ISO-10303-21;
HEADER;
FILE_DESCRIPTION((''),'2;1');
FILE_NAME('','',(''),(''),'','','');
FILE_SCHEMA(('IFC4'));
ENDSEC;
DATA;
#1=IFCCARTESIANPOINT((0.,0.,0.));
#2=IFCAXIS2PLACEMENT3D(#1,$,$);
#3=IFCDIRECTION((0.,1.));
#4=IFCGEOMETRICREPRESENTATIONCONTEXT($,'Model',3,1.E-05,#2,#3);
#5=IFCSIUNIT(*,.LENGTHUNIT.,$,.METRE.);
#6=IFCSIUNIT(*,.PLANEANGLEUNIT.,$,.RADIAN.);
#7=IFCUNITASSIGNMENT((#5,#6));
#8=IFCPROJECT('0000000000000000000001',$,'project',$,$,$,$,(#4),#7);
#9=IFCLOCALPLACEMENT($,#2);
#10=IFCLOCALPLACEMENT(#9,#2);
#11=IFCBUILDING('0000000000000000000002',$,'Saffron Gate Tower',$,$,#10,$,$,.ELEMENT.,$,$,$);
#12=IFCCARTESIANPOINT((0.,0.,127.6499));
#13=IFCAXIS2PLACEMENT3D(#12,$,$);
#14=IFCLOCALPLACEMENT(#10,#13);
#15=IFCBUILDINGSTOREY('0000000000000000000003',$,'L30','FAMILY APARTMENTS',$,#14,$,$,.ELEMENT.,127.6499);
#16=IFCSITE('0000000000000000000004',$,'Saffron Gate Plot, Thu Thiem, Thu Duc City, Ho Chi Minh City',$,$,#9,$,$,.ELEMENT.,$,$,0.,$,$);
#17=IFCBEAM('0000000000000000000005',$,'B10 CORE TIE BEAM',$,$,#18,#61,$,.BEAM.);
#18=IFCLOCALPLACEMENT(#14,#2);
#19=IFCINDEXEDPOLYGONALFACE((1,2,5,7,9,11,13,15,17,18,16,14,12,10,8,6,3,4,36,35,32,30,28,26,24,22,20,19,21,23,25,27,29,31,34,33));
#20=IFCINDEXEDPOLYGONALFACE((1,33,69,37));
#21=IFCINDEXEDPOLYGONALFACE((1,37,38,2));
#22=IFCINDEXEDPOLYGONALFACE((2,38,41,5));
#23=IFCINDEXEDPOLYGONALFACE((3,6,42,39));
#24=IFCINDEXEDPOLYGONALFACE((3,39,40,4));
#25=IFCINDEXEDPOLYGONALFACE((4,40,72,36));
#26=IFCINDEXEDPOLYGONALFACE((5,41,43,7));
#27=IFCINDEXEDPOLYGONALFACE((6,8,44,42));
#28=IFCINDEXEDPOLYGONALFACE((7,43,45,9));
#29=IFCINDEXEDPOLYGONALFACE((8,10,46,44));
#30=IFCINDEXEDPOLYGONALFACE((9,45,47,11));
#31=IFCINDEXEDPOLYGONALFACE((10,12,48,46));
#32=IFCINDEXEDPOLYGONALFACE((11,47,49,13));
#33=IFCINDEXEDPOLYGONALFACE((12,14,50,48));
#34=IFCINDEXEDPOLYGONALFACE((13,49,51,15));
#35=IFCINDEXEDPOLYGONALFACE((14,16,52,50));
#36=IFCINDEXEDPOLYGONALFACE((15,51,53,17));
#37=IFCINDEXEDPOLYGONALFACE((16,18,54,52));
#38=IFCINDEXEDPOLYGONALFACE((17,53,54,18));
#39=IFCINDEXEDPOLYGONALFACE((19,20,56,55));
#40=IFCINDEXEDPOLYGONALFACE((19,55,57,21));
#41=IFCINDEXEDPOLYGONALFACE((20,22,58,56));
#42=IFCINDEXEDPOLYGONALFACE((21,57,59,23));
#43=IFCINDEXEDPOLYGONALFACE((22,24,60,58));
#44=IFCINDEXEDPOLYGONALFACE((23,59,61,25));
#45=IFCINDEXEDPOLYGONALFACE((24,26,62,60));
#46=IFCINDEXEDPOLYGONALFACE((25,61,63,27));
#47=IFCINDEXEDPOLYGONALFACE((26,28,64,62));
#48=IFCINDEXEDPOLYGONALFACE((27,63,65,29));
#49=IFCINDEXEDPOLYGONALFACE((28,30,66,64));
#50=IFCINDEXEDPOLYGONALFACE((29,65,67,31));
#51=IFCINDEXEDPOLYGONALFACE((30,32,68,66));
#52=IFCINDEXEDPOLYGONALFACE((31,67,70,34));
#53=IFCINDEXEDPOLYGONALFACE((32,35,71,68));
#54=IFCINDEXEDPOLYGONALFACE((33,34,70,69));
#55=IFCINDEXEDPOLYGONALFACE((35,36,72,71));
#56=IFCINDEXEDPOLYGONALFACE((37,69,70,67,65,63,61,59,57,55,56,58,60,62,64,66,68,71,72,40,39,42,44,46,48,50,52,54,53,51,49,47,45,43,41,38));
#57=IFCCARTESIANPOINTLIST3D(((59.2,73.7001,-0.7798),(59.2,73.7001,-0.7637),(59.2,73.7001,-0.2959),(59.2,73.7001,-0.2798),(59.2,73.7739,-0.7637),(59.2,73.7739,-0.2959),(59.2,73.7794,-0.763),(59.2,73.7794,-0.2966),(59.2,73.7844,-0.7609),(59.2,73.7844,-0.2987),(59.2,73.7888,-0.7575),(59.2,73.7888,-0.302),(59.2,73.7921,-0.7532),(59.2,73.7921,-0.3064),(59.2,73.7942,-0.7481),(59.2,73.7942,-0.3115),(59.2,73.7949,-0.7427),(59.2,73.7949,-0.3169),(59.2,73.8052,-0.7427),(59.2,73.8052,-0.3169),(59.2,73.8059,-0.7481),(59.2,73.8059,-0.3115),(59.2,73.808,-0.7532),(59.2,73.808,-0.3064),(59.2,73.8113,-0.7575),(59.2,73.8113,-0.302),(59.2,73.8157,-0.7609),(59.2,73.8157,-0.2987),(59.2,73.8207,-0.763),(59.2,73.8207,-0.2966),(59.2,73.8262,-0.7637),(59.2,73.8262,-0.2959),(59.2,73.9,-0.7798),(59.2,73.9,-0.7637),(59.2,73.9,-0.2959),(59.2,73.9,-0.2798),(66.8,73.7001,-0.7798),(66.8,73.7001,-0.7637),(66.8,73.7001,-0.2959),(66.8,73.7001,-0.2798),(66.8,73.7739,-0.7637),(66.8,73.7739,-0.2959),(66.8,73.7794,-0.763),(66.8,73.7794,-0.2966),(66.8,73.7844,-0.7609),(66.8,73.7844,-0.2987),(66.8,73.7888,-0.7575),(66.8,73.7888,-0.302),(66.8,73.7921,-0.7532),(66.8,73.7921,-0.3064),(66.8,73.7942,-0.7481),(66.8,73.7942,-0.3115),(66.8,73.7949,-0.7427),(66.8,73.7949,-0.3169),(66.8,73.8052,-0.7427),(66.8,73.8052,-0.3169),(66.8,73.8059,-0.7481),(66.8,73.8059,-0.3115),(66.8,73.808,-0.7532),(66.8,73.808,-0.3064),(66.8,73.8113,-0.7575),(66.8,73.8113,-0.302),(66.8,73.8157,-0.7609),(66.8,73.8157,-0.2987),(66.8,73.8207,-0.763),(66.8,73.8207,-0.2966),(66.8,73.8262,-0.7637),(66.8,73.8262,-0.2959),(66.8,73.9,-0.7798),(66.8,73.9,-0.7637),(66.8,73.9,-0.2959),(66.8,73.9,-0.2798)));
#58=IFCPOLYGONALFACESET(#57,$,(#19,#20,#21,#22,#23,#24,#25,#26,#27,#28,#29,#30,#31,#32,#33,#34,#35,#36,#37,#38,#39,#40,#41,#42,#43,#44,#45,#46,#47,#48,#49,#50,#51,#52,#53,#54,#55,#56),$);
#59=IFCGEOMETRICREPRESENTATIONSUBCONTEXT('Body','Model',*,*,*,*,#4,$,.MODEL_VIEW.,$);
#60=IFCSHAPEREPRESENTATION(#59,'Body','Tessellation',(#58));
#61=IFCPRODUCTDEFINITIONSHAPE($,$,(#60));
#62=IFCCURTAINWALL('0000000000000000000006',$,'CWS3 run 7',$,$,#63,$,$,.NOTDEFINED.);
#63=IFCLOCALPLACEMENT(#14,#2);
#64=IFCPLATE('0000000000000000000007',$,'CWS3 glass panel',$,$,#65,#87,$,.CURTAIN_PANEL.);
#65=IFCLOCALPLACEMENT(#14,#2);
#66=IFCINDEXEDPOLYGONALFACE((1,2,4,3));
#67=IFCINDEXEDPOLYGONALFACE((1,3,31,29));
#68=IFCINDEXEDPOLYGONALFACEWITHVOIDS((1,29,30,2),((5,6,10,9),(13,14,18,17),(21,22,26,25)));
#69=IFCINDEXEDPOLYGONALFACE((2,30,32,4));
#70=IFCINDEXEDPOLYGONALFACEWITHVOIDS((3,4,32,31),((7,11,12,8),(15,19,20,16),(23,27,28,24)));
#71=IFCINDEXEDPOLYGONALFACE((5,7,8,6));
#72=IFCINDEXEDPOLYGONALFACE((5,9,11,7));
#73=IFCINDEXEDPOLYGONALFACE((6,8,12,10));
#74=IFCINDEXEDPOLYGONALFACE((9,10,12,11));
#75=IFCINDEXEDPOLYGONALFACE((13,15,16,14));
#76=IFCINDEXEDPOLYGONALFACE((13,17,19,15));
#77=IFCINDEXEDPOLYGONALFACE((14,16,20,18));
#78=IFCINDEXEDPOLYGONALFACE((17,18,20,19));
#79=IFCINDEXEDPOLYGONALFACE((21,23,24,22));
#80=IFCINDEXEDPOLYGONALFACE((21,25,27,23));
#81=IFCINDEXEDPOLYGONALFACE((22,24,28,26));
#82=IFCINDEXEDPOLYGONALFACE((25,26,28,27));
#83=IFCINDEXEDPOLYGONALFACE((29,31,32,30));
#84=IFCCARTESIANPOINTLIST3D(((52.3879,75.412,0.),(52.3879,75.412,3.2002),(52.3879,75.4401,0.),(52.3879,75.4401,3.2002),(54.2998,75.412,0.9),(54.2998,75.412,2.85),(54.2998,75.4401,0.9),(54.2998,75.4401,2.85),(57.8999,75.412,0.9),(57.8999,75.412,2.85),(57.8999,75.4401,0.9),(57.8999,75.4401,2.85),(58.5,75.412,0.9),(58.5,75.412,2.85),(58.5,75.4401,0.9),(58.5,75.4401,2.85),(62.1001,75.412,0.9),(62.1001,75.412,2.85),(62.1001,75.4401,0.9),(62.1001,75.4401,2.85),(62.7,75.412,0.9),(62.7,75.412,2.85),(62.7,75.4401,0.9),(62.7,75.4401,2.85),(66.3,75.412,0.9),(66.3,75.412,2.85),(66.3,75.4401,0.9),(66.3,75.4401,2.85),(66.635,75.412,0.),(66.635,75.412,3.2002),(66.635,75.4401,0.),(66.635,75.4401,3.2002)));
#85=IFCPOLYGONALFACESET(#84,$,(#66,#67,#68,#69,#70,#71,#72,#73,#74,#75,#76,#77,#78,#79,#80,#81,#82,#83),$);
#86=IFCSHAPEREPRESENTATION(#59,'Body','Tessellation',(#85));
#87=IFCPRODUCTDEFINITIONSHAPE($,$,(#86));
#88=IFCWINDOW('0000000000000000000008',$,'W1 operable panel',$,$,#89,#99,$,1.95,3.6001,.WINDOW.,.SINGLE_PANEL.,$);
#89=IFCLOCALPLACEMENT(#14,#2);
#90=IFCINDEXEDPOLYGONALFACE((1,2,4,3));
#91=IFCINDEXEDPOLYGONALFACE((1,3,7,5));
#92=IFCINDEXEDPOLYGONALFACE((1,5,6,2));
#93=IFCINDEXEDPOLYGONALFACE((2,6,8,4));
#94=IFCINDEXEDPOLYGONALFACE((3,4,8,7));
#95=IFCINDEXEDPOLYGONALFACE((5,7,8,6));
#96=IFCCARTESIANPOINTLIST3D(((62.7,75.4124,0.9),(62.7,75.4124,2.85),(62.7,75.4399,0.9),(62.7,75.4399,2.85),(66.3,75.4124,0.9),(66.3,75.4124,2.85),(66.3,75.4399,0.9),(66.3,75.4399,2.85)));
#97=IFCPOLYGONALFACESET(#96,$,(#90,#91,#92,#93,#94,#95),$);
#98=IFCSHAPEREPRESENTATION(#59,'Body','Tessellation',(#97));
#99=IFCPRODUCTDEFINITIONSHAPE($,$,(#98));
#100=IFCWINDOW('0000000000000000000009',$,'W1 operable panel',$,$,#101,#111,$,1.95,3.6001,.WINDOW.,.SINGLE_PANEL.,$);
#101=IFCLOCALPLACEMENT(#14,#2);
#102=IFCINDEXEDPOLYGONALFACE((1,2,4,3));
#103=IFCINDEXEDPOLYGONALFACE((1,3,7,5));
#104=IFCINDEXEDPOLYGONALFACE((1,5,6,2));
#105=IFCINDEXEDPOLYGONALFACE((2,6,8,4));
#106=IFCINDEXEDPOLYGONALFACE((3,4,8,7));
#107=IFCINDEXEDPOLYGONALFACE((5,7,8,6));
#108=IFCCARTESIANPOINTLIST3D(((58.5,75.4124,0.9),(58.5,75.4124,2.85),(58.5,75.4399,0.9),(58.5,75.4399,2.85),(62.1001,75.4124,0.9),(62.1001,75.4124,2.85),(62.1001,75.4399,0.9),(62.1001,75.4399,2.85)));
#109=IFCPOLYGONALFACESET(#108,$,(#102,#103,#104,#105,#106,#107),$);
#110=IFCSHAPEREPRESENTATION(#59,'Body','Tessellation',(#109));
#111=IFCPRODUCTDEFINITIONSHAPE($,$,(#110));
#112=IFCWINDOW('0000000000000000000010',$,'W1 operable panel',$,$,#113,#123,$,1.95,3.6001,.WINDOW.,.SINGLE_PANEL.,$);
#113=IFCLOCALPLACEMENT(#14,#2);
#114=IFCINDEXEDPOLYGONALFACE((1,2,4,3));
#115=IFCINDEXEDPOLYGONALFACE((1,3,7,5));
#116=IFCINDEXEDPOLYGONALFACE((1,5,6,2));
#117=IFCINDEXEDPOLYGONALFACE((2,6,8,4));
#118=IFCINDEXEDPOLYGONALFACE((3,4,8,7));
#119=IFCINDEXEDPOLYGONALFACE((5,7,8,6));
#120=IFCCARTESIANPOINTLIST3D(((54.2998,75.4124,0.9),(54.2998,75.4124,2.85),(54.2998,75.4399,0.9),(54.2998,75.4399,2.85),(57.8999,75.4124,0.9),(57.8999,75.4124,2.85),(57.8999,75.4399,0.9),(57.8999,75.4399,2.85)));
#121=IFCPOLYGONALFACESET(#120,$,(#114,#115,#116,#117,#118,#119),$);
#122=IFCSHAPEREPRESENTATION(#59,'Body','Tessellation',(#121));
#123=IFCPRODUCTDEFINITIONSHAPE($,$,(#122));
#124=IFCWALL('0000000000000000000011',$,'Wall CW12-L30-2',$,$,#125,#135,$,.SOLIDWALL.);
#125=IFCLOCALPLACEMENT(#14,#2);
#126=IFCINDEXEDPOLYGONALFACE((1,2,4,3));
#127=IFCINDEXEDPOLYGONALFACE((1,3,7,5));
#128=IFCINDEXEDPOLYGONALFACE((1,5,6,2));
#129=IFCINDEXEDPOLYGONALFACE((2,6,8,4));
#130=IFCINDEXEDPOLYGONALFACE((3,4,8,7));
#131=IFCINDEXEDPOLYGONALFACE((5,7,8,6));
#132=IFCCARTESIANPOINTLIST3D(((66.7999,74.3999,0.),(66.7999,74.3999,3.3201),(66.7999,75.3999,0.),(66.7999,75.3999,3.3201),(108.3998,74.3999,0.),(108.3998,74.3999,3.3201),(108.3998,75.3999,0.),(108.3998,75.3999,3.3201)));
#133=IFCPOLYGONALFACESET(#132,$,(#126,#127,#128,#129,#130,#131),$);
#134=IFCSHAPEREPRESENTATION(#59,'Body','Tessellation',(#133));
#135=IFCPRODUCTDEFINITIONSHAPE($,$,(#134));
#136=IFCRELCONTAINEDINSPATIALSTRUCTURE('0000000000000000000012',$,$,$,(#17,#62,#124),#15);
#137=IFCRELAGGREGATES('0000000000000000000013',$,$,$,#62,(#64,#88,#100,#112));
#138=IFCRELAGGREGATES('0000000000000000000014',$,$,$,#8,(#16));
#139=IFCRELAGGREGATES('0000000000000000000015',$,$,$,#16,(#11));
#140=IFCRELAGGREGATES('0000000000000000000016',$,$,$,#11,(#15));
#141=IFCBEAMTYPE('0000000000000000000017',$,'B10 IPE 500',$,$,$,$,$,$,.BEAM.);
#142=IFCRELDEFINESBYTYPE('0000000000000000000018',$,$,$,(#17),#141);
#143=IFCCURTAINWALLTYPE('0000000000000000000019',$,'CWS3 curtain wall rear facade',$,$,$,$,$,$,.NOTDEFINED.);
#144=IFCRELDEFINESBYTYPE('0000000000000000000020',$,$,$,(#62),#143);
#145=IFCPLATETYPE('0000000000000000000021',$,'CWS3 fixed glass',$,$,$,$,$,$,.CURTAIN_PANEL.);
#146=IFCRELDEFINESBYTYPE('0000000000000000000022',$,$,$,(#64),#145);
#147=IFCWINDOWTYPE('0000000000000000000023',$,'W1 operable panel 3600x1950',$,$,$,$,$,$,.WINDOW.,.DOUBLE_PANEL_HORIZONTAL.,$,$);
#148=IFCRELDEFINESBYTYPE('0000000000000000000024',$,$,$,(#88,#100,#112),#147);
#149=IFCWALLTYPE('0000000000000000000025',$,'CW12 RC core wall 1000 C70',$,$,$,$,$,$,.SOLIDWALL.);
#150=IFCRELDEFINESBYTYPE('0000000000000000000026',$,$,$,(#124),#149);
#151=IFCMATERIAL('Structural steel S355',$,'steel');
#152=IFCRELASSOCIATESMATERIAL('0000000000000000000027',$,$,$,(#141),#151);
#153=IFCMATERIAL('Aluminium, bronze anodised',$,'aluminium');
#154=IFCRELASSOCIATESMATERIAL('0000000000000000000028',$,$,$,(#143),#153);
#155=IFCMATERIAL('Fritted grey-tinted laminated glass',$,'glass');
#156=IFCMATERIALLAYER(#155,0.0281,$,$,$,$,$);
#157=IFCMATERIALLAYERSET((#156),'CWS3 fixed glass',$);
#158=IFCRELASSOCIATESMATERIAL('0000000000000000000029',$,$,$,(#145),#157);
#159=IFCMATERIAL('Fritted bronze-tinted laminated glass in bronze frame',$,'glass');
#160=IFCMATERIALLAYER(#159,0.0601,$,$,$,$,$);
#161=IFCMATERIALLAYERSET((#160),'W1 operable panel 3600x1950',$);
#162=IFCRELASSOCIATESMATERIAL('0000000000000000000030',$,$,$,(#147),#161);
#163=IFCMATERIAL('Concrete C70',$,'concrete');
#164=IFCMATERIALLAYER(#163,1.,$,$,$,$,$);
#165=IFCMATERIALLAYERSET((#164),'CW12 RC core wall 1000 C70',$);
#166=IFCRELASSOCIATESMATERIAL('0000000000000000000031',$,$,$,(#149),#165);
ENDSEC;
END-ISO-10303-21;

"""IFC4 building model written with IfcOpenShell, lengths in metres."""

from ifc_helpers import new_model, si_unit, direction, frame, frame_2d, origin, origin_2d, place, context, subcontext, project, spatial, rectangle, i_section, extrude, material, layer, layer_set, material_profile, profile_set, type_object, element, fill, aggregate, save


model = new_model("IFC4")

# Units and contexts
model_context = context("Model", 3, precision=1e-05, world=origin(), true_north=direction((0.0, 1.0)))
body_context = subcontext(model_context, "Body", "Model", "MODEL_VIEW")
ifc_project = project(units=[si_unit("LENGTHUNIT", "METRE"), si_unit("PLANEANGLEUNIT", "RADIAN")], contexts=[model_context])

# Site, building, storey
site_placement = place(None, origin())
site = spatial("IfcSite", under=ifc_project, at=site_placement, Name="Saffron Gate Plot, Thu Thiem, Thu Duc City, Ho Chi Minh City", CompositionType="ELEMENT", RefElevation=0.0)
building_placement = place(site_placement, origin())
building = spatial("IfcBuilding", under=site, at=building_placement, Name="Saffron Gate Tower", CompositionType="ELEMENT")
storey_placement = place(building_placement, frame((0.0, 0.0, 127.6499)))
storey = spatial("IfcBuildingStorey", under=building, at=storey_placement, Name="L30", Description="FAMILY APARTMENTS", CompositionType="ELEMENT", Elevation=127.6499)

# Beam
ifc_material_1 = material(Name="Structural steel S355", Category="steel")
ifc_material_profile = material_profile(ifc_material_1, i_section(OverallWidth=0.2, OverallDepth=0.5, WebThickness=0.0103, FlangeThickness=0.0161, FilletRadius=0.021, at=origin_2d()))
ifc_profile_set = profile_set([ifc_material_profile], Name="Structural steel S355")
beam_type = type_object("IfcBeamType", Name="B10 IPE 500", PredefinedType="BEAM", material=ifc_profile_set)
beam_placement = place(storey_placement, frame((59.2, 73.8, -0.5298), z_axis=(1.0, 0.0, 0.0), x_axis=(0.0, 1.0, 0.0)))
element("IfcBeam", 1, at=beam_placement, inside=storey, type_object=beam_type, Name="B10 CORE TIE BEAM", PredefinedType="BEAM", context=body_context, shape_type="SweptSolid", body=[
    extrude(i_section(OverallWidth=0.2, OverallDepth=0.5, WebThickness=0.0103, FlangeThickness=0.0161, FilletRadius=0.021, at=origin_2d()), origin(), (0.0, 0.0, 1.0), 7.6001),
])

# Curtain wall, plate, openings, windows
ifc_material_2 = material(Name="Aluminium, bronze anodised", Category="aluminium")
curtain_wall_type = type_object("IfcCurtainWallType", Name="CWS3 curtain wall rear facade", PredefinedType="NOTDEFINED", material=ifc_material_2)
curtain_wall_placement = place(storey_placement, origin())
curtain_wall = element("IfcCurtainWall", 2, at=curtain_wall_placement, inside=storey, type_object=curtain_wall_type, Name="CWS3 run 7", PredefinedType="NOTDEFINED")
ifc_material_3 = material(Name="Fritted grey-tinted laminated glass", Category="glass")
ifc_layer_1 = layer(ifc_material_3, 0.0281)
ifc_layer_set_1 = layer_set([ifc_layer_1], Name="CWS3 fixed glass")
plate_type = type_object("IfcPlateType", Name="CWS3 fixed glass", PredefinedType="CURTAIN_PANEL", material=ifc_layer_set_1)
plate_placement = place(storey_placement, frame((66.635, 75.426, 0.0), z_axis=(0.0, 0.0, 1.0), x_axis=(-1.0, 0.0, 0.0)))
plate = element("IfcPlate", 3, at=plate_placement, type_object=plate_type, Name="CWS3 glass panel", PredefinedType="CURTAIN_PANEL", context=body_context, shape_type="SweptSolid", body=[
    extrude(rectangle(XDim=14.2471, YDim=0.0281, at=frame_2d((7.1235, 0.0))), origin(), (0.0, 0.0, 1.0), 3.2002),
])
opening_1_placement = place(plate_placement, frame((0.335, 0.0, 0.8999)))
opening_1 = element("IfcOpeningElement", 4, at=opening_1_placement, cuts=plate, PredefinedType="OPENING", context=body_context, shape_type="SweptSolid", body=[
    extrude(rectangle(XDim=3.6001, YDim=1.95, at=frame_2d((1.8, 0.9751))), frame((0.0, 0.0239, 0.0), z_axis=(0.0, -1.0, 0.0), x_axis=(1.0, 0.0, 0.0)), (0.0, 0.0, 1.0), 0.0481),
])
opening_2_placement = place(plate_placement, frame((4.5349, 0.0, 0.8999)))
opening_2 = element("IfcOpeningElement", 5, at=opening_2_placement, cuts=plate, PredefinedType="OPENING", context=body_context, shape_type="SweptSolid", body=[
    extrude(rectangle(XDim=3.6001, YDim=1.95, at=frame_2d((1.8, 0.9751))), frame((0.0, 0.0239, 0.0), z_axis=(0.0, -1.0, 0.0), x_axis=(1.0, 0.0, 0.0)), (0.0, 0.0, 1.0), 0.0481),
])
opening_3_placement = place(plate_placement, frame((8.7351, 0.0, 0.8999)))
opening_3 = element("IfcOpeningElement", 6, at=opening_3_placement, cuts=plate, PredefinedType="OPENING", context=body_context, shape_type="SweptSolid", body=[
    extrude(rectangle(XDim=3.6001, YDim=1.95, at=frame_2d((1.8, 0.9751))), frame((0.0, 0.0239, 0.0), z_axis=(0.0, -1.0, 0.0), x_axis=(1.0, 0.0, 0.0)), (0.0, 0.0, 1.0), 0.0481),
])
ifc_material_4 = material(Name="Fritted bronze-tinted laminated glass in bronze frame", Category="glass")
ifc_layer_2 = layer(ifc_material_4, 0.0601)
ifc_layer_set_2 = layer_set([ifc_layer_2], Name="W1 operable panel 3600x1950")
window_type = type_object("IfcWindowType", Name="W1 operable panel 3600x1950", PartitioningType="DOUBLE_PANEL_HORIZONTAL", PredefinedType="WINDOW", material=ifc_layer_set_2)
window_1_placement = place(opening_1_placement, origin())
window_1 = element("IfcWindow", 7, at=window_1_placement, type_object=window_type, Name="W1 operable panel", OverallHeight=1.95, OverallWidth=3.6001, PartitioningType="SINGLE_PANEL", PredefinedType="WINDOW", context=body_context, shape_type="SweptSolid", body=[
    extrude(rectangle(XDim=3.6001, YDim=1.95, at=frame_2d((1.8, 0.9751))), frame((0.0, 0.0137, 0.0), z_axis=(0.0, -1.0, 0.0), x_axis=(1.0, 0.0, 0.0)), (0.0, 0.0, 1.0), 0.0276),
])
fill(opening_1, window_1)
window_2_placement = place(opening_2_placement, origin())
window_2 = element("IfcWindow", 8, at=window_2_placement, type_object=window_type, Name="W1 operable panel", OverallHeight=1.95, OverallWidth=3.6001, PartitioningType="SINGLE_PANEL", PredefinedType="WINDOW", context=body_context, shape_type="SweptSolid", body=[
    extrude(rectangle(XDim=3.6001, YDim=1.95, at=frame_2d((1.8, 0.9751))), frame((0.0, 0.0137, 0.0), z_axis=(0.0, -1.0, 0.0), x_axis=(1.0, 0.0, 0.0)), (0.0, 0.0, 1.0), 0.0276),
])
fill(opening_2, window_2)
window_3_placement = place(opening_3_placement, origin())
window_3 = element("IfcWindow", 9, at=window_3_placement, type_object=window_type, Name="W1 operable panel", OverallHeight=1.95, OverallWidth=3.6001, PartitioningType="SINGLE_PANEL", PredefinedType="WINDOW", context=body_context, shape_type="SweptSolid", body=[
    extrude(rectangle(XDim=3.6001, YDim=1.95, at=frame_2d((1.8, 0.9751))), frame((0.0, 0.0137, 0.0), z_axis=(0.0, -1.0, 0.0), x_axis=(1.0, 0.0, 0.0)), (0.0, 0.0, 1.0), 0.0276),
])
fill(opening_3, window_3)
aggregate(curtain_wall, [plate, window_1, window_2, window_3])

# Wall
ifc_material_5 = material(Name="Concrete C70", Category="concrete")
ifc_layer_3 = layer(ifc_material_5, 1.0)
ifc_layer_set_3 = layer_set([ifc_layer_3], Name="CW12 RC core wall 1000 C70")
wall_type_1 = type_object("IfcWallType", Name="CW12 RC core wall 1000 C70", PredefinedType="SOLIDWALL", material=ifc_layer_set_3)
wall_1_placement = place(storey_placement, frame((66.8, 74.8999, 0.0), z_axis=(0.0, 0.0, 1.0), x_axis=(1.0, 0.0, 0.0)))
element("IfcWall", 10, at=wall_1_placement, inside=storey, type_object=wall_type_1, Name="Wall CW12-L30-2", PredefinedType="SOLIDWALL", context=body_context, shape_type="SweptSolid", body=[
    extrude(rectangle(XDim=41.5999, YDim=1.0, at=frame_2d((20.7998, 0.0))), origin(), (0.0, 0.0, 1.0), 3.3201),
])

save(model, "model.ifc")
